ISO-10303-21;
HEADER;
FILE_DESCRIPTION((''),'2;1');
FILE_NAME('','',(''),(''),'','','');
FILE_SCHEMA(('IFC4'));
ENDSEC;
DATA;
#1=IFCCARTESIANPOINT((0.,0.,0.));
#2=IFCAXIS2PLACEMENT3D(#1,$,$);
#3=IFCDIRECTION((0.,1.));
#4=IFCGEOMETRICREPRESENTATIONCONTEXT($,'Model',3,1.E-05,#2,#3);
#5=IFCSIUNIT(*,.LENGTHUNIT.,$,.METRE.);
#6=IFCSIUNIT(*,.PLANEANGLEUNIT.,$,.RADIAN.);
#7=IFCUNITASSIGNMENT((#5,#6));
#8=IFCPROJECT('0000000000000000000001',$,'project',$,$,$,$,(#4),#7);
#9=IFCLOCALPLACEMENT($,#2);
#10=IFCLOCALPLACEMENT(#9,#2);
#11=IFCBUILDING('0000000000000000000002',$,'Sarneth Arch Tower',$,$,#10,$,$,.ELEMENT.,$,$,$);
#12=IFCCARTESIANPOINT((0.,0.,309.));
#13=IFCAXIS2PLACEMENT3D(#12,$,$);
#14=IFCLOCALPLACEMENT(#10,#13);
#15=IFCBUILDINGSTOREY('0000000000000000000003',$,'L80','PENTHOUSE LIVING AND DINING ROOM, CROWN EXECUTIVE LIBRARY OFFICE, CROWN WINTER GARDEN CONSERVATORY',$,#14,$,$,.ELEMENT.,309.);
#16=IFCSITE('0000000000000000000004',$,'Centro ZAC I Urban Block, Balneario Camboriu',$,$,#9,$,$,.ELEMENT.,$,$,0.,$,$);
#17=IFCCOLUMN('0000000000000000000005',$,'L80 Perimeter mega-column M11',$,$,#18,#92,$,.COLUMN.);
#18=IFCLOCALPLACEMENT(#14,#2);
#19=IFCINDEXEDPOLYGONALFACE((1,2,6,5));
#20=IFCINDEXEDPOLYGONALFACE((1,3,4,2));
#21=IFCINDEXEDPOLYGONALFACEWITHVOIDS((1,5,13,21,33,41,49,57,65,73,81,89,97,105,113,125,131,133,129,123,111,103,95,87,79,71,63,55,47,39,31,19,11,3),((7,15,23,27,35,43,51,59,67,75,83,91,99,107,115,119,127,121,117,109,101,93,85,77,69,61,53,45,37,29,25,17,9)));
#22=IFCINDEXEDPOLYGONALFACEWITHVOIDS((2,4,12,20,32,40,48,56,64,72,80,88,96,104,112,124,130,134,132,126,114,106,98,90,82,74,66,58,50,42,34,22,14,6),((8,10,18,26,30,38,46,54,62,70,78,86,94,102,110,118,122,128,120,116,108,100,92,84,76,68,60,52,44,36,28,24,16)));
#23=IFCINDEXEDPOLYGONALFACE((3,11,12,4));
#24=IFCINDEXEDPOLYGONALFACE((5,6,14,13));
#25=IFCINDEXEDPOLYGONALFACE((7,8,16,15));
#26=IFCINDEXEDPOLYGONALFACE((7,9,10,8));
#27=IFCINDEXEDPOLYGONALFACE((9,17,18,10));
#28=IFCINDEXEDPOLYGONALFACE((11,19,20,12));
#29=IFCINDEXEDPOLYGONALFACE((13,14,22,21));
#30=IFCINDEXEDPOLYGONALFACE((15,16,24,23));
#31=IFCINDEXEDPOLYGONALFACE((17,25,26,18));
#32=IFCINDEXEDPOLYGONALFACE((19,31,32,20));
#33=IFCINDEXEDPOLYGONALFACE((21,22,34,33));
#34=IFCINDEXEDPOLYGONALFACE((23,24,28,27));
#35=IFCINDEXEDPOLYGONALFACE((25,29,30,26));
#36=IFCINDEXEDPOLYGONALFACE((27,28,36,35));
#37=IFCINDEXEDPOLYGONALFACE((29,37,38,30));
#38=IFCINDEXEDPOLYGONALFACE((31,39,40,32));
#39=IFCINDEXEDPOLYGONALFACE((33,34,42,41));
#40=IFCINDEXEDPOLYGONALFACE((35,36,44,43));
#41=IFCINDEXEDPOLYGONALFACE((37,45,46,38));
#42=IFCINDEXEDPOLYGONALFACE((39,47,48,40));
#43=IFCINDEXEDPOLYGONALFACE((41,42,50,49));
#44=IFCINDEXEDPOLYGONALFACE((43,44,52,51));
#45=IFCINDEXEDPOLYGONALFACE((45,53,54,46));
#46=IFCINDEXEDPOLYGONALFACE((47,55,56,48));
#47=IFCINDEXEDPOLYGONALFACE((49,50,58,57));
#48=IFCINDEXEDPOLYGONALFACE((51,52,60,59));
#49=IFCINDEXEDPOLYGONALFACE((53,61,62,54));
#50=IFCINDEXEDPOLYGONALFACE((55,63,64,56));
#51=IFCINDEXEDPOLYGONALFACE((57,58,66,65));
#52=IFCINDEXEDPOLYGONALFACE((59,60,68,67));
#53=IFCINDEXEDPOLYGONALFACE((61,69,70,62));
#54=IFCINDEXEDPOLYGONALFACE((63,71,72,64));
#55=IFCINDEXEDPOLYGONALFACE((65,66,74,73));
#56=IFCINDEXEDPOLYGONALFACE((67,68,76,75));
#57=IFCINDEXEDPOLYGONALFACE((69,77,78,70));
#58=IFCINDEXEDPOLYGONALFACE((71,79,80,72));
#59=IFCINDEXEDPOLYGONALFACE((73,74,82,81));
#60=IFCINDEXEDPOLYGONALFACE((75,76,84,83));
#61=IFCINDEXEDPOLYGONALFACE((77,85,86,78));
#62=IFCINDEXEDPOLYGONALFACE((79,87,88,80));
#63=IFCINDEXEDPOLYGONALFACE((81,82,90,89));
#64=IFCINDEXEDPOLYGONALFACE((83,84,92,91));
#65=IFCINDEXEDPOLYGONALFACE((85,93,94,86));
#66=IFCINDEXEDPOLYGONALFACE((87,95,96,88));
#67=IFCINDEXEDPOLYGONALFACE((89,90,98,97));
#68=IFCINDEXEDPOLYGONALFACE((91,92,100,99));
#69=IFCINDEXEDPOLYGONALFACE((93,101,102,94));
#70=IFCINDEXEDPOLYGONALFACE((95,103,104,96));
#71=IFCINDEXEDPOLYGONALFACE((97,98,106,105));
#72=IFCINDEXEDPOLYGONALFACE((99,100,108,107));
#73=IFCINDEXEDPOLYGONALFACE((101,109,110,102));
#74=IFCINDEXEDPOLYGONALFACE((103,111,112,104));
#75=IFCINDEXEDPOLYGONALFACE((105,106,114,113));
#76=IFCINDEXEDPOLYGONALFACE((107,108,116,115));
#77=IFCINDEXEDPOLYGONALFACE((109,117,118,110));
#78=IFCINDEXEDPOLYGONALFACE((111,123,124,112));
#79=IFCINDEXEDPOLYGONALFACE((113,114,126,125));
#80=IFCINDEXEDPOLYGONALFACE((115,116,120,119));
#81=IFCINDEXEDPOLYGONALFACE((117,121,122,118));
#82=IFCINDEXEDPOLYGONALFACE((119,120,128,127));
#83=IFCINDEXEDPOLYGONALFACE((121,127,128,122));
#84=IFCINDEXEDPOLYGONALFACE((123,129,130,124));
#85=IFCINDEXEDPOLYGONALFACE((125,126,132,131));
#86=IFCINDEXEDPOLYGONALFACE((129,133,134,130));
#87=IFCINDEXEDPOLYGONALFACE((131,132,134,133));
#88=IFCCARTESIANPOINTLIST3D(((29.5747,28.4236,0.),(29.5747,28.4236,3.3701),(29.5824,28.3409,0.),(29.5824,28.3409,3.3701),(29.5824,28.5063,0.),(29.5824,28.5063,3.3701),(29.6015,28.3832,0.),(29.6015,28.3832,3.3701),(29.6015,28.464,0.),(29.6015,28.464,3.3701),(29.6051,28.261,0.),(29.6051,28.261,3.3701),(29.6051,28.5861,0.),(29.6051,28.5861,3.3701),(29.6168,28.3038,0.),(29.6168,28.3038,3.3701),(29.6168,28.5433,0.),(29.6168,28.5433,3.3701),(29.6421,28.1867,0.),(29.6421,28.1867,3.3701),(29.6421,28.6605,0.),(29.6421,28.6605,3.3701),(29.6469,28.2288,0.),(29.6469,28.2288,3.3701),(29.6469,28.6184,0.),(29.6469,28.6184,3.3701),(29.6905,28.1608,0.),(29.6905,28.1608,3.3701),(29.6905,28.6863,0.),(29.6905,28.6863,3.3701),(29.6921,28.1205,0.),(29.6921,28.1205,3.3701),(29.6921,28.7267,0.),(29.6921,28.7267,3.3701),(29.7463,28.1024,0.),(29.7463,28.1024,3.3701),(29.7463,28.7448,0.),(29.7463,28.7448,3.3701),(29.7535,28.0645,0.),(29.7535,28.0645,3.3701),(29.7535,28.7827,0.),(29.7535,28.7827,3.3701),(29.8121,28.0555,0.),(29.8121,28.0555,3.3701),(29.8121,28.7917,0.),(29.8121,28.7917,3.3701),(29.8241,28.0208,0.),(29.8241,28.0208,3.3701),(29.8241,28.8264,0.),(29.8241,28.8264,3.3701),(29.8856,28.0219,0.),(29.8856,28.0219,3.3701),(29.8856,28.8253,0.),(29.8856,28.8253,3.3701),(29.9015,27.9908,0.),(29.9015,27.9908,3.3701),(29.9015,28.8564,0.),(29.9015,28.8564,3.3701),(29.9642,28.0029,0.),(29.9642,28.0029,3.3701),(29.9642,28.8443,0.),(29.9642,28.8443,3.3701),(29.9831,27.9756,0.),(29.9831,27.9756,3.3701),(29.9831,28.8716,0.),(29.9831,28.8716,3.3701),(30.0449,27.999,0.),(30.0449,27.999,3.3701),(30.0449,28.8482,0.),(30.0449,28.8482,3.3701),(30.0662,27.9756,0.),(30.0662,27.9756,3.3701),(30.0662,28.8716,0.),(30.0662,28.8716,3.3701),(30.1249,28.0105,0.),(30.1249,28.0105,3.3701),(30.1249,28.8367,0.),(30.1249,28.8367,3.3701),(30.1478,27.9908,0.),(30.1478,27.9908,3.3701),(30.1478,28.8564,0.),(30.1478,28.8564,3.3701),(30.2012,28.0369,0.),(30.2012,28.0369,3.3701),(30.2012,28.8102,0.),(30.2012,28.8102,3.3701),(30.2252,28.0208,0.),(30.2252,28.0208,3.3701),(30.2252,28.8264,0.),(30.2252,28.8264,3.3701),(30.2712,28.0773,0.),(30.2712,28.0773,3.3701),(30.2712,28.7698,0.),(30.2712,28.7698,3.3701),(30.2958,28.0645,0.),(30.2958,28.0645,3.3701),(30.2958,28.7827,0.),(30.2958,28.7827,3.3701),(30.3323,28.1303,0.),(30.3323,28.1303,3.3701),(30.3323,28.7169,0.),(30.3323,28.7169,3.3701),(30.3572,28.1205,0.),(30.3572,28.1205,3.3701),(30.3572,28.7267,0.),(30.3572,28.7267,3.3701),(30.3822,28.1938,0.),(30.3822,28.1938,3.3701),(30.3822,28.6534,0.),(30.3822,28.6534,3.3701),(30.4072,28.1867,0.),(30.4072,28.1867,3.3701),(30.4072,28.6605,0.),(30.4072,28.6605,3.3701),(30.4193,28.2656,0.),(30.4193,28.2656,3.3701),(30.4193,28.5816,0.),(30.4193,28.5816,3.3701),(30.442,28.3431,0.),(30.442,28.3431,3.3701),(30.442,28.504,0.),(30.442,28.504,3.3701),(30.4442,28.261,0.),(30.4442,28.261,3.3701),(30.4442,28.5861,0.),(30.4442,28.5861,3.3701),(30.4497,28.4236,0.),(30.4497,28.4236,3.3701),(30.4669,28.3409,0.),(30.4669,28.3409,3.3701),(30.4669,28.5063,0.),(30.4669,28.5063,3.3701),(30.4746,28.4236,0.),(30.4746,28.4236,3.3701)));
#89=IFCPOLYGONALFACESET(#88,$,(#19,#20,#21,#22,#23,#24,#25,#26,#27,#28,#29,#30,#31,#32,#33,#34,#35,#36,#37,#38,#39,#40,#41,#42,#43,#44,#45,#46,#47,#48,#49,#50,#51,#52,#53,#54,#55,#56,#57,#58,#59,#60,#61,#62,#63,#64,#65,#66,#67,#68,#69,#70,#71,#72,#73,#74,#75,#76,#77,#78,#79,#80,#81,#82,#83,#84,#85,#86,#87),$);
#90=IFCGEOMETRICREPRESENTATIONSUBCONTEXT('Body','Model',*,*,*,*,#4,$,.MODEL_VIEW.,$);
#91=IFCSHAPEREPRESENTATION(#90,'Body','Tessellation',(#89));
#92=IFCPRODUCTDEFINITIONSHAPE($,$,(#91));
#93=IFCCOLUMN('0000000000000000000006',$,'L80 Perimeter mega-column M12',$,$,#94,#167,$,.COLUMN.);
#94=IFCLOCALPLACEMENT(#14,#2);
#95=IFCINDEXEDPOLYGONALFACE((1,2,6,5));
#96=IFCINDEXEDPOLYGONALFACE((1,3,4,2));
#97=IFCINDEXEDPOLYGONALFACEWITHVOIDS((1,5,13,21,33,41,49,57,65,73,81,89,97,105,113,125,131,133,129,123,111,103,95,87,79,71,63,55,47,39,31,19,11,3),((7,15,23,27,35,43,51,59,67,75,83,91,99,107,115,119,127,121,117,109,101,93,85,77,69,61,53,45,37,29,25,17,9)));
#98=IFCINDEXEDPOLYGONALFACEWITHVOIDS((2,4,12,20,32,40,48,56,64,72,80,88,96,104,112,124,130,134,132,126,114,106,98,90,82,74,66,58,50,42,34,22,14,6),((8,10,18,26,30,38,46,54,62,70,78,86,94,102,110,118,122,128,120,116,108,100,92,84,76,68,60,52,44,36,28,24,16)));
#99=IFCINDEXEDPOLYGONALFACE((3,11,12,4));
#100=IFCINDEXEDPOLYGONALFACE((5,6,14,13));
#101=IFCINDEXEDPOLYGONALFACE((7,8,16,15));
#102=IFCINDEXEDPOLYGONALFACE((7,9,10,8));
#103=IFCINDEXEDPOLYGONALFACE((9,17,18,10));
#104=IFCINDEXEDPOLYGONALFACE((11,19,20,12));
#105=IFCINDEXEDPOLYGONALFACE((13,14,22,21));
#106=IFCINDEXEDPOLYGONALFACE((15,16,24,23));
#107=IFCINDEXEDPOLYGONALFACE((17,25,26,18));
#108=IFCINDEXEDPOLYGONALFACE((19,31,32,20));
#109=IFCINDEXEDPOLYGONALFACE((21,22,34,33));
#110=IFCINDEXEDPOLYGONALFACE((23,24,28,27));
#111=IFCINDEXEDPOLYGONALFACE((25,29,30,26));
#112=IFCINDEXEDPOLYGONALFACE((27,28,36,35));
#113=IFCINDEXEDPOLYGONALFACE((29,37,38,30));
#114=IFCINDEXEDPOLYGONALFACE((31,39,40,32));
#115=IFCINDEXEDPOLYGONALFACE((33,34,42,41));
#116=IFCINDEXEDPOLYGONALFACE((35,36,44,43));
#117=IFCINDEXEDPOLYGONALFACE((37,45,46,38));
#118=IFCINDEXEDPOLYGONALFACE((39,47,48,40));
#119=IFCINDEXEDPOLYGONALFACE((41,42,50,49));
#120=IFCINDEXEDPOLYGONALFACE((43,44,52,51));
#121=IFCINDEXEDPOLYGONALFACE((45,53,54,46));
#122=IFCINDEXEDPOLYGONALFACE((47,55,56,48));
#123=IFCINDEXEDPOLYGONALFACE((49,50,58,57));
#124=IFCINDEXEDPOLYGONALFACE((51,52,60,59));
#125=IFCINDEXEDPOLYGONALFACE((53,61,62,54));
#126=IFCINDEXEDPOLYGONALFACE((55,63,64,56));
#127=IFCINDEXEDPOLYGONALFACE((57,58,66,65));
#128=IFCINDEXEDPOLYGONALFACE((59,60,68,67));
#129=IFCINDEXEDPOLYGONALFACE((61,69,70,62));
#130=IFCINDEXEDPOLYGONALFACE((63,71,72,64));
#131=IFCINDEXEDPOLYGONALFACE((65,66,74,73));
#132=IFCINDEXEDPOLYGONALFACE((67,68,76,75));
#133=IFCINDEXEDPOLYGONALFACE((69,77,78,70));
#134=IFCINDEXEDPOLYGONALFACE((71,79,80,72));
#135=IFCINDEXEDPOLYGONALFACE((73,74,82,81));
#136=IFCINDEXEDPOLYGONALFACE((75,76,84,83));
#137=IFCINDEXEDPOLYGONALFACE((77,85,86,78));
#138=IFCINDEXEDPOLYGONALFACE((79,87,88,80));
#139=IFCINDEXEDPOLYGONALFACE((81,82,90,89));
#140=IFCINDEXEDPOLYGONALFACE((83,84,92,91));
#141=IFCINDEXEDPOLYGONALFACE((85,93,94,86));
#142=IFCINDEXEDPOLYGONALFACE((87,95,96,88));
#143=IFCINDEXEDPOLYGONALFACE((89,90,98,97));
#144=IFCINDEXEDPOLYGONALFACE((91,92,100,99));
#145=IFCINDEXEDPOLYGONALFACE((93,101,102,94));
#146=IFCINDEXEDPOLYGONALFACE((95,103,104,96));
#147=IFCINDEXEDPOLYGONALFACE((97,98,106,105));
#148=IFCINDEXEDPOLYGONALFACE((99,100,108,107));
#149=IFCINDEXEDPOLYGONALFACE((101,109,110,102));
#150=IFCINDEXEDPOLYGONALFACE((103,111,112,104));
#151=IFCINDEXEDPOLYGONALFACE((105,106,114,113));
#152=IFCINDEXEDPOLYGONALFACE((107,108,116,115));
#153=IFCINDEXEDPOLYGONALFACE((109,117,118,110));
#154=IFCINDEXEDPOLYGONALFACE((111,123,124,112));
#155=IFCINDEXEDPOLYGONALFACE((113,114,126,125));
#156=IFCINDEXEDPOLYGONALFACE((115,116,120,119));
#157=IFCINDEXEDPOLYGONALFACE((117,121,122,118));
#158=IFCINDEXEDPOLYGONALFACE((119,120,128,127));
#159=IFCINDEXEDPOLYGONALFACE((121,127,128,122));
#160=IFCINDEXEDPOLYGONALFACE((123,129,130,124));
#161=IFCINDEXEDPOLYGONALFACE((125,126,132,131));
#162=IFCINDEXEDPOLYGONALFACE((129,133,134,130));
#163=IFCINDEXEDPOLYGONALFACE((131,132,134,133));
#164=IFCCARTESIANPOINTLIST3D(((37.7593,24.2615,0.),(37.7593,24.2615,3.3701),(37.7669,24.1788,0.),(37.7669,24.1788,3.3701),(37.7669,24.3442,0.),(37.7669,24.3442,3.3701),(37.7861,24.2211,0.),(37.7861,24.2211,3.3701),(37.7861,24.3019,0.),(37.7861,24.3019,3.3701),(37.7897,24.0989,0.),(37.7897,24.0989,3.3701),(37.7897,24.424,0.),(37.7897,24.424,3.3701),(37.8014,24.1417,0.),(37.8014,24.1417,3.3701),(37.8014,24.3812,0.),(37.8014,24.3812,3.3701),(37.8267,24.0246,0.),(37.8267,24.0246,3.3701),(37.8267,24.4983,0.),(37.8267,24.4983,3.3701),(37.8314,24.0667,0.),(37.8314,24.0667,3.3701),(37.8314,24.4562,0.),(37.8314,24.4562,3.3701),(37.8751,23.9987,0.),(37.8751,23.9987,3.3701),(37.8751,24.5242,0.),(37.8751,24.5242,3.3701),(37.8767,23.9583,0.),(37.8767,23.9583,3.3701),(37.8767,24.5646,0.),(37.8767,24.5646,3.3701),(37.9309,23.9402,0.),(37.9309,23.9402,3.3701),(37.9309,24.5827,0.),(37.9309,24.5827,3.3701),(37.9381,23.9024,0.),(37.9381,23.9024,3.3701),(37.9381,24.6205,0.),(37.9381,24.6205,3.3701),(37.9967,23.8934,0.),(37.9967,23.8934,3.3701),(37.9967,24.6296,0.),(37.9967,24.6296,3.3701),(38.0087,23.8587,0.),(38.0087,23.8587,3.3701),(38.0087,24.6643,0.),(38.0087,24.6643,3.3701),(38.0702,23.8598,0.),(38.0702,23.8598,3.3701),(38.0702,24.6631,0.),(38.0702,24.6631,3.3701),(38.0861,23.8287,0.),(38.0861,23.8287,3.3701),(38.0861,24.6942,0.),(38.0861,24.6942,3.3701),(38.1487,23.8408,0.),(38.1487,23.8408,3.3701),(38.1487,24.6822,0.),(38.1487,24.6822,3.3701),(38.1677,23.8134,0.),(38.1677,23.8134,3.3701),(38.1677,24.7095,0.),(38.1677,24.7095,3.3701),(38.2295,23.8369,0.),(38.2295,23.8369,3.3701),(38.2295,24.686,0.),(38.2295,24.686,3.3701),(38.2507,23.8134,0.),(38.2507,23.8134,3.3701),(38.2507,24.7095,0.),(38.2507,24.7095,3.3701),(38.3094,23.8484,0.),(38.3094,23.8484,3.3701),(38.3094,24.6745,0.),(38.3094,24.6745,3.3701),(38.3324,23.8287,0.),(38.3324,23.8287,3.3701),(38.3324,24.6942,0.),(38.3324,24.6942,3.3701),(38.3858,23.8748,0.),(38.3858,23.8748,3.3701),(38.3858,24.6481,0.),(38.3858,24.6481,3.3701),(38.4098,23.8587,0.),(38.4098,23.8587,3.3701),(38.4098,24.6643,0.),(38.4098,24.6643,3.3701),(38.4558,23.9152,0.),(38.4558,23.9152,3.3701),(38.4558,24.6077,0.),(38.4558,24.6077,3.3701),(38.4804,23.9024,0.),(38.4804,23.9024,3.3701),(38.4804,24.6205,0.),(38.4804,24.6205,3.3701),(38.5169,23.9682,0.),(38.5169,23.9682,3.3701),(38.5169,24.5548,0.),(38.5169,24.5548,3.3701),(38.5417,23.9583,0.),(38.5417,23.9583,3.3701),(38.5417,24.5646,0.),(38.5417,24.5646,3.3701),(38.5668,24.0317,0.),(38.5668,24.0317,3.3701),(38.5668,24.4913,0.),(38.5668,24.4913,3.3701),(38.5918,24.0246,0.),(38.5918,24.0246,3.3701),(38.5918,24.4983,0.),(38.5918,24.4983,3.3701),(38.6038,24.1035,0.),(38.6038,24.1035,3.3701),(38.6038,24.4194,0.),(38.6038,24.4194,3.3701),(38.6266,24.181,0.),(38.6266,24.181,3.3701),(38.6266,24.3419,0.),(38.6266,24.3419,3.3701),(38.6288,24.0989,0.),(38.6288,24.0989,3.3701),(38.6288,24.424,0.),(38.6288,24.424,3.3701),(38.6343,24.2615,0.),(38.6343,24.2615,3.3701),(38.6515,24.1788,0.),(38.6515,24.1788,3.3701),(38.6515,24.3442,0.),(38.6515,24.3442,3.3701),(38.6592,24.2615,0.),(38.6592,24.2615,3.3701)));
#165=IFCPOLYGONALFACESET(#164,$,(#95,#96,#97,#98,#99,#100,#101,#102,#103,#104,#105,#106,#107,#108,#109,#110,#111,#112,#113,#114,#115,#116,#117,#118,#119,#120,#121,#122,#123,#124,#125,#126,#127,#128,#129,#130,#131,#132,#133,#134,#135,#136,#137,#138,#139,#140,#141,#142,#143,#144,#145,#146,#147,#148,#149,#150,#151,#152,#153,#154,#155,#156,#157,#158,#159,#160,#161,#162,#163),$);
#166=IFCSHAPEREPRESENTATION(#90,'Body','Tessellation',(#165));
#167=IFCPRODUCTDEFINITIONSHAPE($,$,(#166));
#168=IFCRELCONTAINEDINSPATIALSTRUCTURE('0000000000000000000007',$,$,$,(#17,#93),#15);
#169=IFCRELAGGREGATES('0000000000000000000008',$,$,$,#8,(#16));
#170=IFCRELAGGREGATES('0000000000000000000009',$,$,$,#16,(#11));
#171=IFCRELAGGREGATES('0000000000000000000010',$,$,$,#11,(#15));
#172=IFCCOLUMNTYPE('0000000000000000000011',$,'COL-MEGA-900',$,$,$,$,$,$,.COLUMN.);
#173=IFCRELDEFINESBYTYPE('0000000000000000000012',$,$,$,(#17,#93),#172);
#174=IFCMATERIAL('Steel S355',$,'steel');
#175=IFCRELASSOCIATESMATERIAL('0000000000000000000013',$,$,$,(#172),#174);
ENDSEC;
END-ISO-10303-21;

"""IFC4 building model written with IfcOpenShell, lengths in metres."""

from ifc_helpers import new_model, si_unit, direction, frame, origin, origin_2d, place, context, subcontext, project, spatial, hollow_circle, extrude, material, material_profile, profile_set, type_object, element, save


model = new_model("IFC4")

# Units and contexts
model_context = context("Model", 3, precision=1e-05, world=origin(), true_north=direction((0.0, 1.0)))
body_context = subcontext(model_context, "Body", "Model", "MODEL_VIEW")
ifc_project = project(units=[si_unit("LENGTHUNIT", "METRE"), si_unit("PLANEANGLEUNIT", "RADIAN")], contexts=[model_context])

# Site, building, storey
site_placement = place(None, origin())
site = spatial("IfcSite", under=ifc_project, at=site_placement, Name="Centro ZAC I Urban Block, Balneario Camboriu", CompositionType="ELEMENT", RefElevation=0.0)
building_placement = place(site_placement, origin())
building = spatial("IfcBuilding", under=site, at=building_placement, Name="Sarneth Arch Tower", CompositionType="ELEMENT")
storey_placement = place(building_placement, frame((0.0, 0.0, 309.0)))
storey = spatial("IfcBuildingStorey", under=building, at=storey_placement, Name="L80", Description="PENTHOUSE LIVING AND DINING ROOM, CROWN EXECUTIVE LIBRARY OFFICE, CROWN WINTER GARDEN CONSERVATORY", CompositionType="ELEMENT", Elevation=309.0)

# Columns
ifc_material_1 = material(Name="Steel S355", Category="steel")
ifc_material_profile_1 = material_profile(ifc_material_1, hollow_circle(Radius=0.45, WallThickness=0.0249, at=origin_2d()), Name="CHS900x25")
ifc_profile_set_1 = profile_set([ifc_material_profile_1], Name="Steel S355")
column_type = type_object("IfcColumnType", Name="COL-MEGA-900", PredefinedType="COLUMN", material=ifc_profile_set_1)
for number, where, z_axis, x_axis, name in (
    (1, (30.0247, 28.4236, 0.0), (0.0, 0.0, 1.0), (1.0, 0.0, 0.0), "L80 Perimeter mega-column M11"),
    (2, (38.2092, 24.2615, 0.0), (0.0, 0.0, 1.0), (1.0, 0.0, 0.0), "L80 Perimeter mega-column M12"),
):
    element("IfcColumn", number, at=place(storey_placement, frame(where, z_axis=z_axis, x_axis=x_axis)), inside=storey, type_object=column_type, Name=name, PredefinedType="COLUMN", context=body_context, shape_type="SweptSolid", body=[
        extrude(hollow_circle(Radius=0.45, WallThickness=0.0249, at=origin_2d()), origin(), (0.0, 0.0, 1.0), 3.3701),
    ])

save(model, "model.ifc")
